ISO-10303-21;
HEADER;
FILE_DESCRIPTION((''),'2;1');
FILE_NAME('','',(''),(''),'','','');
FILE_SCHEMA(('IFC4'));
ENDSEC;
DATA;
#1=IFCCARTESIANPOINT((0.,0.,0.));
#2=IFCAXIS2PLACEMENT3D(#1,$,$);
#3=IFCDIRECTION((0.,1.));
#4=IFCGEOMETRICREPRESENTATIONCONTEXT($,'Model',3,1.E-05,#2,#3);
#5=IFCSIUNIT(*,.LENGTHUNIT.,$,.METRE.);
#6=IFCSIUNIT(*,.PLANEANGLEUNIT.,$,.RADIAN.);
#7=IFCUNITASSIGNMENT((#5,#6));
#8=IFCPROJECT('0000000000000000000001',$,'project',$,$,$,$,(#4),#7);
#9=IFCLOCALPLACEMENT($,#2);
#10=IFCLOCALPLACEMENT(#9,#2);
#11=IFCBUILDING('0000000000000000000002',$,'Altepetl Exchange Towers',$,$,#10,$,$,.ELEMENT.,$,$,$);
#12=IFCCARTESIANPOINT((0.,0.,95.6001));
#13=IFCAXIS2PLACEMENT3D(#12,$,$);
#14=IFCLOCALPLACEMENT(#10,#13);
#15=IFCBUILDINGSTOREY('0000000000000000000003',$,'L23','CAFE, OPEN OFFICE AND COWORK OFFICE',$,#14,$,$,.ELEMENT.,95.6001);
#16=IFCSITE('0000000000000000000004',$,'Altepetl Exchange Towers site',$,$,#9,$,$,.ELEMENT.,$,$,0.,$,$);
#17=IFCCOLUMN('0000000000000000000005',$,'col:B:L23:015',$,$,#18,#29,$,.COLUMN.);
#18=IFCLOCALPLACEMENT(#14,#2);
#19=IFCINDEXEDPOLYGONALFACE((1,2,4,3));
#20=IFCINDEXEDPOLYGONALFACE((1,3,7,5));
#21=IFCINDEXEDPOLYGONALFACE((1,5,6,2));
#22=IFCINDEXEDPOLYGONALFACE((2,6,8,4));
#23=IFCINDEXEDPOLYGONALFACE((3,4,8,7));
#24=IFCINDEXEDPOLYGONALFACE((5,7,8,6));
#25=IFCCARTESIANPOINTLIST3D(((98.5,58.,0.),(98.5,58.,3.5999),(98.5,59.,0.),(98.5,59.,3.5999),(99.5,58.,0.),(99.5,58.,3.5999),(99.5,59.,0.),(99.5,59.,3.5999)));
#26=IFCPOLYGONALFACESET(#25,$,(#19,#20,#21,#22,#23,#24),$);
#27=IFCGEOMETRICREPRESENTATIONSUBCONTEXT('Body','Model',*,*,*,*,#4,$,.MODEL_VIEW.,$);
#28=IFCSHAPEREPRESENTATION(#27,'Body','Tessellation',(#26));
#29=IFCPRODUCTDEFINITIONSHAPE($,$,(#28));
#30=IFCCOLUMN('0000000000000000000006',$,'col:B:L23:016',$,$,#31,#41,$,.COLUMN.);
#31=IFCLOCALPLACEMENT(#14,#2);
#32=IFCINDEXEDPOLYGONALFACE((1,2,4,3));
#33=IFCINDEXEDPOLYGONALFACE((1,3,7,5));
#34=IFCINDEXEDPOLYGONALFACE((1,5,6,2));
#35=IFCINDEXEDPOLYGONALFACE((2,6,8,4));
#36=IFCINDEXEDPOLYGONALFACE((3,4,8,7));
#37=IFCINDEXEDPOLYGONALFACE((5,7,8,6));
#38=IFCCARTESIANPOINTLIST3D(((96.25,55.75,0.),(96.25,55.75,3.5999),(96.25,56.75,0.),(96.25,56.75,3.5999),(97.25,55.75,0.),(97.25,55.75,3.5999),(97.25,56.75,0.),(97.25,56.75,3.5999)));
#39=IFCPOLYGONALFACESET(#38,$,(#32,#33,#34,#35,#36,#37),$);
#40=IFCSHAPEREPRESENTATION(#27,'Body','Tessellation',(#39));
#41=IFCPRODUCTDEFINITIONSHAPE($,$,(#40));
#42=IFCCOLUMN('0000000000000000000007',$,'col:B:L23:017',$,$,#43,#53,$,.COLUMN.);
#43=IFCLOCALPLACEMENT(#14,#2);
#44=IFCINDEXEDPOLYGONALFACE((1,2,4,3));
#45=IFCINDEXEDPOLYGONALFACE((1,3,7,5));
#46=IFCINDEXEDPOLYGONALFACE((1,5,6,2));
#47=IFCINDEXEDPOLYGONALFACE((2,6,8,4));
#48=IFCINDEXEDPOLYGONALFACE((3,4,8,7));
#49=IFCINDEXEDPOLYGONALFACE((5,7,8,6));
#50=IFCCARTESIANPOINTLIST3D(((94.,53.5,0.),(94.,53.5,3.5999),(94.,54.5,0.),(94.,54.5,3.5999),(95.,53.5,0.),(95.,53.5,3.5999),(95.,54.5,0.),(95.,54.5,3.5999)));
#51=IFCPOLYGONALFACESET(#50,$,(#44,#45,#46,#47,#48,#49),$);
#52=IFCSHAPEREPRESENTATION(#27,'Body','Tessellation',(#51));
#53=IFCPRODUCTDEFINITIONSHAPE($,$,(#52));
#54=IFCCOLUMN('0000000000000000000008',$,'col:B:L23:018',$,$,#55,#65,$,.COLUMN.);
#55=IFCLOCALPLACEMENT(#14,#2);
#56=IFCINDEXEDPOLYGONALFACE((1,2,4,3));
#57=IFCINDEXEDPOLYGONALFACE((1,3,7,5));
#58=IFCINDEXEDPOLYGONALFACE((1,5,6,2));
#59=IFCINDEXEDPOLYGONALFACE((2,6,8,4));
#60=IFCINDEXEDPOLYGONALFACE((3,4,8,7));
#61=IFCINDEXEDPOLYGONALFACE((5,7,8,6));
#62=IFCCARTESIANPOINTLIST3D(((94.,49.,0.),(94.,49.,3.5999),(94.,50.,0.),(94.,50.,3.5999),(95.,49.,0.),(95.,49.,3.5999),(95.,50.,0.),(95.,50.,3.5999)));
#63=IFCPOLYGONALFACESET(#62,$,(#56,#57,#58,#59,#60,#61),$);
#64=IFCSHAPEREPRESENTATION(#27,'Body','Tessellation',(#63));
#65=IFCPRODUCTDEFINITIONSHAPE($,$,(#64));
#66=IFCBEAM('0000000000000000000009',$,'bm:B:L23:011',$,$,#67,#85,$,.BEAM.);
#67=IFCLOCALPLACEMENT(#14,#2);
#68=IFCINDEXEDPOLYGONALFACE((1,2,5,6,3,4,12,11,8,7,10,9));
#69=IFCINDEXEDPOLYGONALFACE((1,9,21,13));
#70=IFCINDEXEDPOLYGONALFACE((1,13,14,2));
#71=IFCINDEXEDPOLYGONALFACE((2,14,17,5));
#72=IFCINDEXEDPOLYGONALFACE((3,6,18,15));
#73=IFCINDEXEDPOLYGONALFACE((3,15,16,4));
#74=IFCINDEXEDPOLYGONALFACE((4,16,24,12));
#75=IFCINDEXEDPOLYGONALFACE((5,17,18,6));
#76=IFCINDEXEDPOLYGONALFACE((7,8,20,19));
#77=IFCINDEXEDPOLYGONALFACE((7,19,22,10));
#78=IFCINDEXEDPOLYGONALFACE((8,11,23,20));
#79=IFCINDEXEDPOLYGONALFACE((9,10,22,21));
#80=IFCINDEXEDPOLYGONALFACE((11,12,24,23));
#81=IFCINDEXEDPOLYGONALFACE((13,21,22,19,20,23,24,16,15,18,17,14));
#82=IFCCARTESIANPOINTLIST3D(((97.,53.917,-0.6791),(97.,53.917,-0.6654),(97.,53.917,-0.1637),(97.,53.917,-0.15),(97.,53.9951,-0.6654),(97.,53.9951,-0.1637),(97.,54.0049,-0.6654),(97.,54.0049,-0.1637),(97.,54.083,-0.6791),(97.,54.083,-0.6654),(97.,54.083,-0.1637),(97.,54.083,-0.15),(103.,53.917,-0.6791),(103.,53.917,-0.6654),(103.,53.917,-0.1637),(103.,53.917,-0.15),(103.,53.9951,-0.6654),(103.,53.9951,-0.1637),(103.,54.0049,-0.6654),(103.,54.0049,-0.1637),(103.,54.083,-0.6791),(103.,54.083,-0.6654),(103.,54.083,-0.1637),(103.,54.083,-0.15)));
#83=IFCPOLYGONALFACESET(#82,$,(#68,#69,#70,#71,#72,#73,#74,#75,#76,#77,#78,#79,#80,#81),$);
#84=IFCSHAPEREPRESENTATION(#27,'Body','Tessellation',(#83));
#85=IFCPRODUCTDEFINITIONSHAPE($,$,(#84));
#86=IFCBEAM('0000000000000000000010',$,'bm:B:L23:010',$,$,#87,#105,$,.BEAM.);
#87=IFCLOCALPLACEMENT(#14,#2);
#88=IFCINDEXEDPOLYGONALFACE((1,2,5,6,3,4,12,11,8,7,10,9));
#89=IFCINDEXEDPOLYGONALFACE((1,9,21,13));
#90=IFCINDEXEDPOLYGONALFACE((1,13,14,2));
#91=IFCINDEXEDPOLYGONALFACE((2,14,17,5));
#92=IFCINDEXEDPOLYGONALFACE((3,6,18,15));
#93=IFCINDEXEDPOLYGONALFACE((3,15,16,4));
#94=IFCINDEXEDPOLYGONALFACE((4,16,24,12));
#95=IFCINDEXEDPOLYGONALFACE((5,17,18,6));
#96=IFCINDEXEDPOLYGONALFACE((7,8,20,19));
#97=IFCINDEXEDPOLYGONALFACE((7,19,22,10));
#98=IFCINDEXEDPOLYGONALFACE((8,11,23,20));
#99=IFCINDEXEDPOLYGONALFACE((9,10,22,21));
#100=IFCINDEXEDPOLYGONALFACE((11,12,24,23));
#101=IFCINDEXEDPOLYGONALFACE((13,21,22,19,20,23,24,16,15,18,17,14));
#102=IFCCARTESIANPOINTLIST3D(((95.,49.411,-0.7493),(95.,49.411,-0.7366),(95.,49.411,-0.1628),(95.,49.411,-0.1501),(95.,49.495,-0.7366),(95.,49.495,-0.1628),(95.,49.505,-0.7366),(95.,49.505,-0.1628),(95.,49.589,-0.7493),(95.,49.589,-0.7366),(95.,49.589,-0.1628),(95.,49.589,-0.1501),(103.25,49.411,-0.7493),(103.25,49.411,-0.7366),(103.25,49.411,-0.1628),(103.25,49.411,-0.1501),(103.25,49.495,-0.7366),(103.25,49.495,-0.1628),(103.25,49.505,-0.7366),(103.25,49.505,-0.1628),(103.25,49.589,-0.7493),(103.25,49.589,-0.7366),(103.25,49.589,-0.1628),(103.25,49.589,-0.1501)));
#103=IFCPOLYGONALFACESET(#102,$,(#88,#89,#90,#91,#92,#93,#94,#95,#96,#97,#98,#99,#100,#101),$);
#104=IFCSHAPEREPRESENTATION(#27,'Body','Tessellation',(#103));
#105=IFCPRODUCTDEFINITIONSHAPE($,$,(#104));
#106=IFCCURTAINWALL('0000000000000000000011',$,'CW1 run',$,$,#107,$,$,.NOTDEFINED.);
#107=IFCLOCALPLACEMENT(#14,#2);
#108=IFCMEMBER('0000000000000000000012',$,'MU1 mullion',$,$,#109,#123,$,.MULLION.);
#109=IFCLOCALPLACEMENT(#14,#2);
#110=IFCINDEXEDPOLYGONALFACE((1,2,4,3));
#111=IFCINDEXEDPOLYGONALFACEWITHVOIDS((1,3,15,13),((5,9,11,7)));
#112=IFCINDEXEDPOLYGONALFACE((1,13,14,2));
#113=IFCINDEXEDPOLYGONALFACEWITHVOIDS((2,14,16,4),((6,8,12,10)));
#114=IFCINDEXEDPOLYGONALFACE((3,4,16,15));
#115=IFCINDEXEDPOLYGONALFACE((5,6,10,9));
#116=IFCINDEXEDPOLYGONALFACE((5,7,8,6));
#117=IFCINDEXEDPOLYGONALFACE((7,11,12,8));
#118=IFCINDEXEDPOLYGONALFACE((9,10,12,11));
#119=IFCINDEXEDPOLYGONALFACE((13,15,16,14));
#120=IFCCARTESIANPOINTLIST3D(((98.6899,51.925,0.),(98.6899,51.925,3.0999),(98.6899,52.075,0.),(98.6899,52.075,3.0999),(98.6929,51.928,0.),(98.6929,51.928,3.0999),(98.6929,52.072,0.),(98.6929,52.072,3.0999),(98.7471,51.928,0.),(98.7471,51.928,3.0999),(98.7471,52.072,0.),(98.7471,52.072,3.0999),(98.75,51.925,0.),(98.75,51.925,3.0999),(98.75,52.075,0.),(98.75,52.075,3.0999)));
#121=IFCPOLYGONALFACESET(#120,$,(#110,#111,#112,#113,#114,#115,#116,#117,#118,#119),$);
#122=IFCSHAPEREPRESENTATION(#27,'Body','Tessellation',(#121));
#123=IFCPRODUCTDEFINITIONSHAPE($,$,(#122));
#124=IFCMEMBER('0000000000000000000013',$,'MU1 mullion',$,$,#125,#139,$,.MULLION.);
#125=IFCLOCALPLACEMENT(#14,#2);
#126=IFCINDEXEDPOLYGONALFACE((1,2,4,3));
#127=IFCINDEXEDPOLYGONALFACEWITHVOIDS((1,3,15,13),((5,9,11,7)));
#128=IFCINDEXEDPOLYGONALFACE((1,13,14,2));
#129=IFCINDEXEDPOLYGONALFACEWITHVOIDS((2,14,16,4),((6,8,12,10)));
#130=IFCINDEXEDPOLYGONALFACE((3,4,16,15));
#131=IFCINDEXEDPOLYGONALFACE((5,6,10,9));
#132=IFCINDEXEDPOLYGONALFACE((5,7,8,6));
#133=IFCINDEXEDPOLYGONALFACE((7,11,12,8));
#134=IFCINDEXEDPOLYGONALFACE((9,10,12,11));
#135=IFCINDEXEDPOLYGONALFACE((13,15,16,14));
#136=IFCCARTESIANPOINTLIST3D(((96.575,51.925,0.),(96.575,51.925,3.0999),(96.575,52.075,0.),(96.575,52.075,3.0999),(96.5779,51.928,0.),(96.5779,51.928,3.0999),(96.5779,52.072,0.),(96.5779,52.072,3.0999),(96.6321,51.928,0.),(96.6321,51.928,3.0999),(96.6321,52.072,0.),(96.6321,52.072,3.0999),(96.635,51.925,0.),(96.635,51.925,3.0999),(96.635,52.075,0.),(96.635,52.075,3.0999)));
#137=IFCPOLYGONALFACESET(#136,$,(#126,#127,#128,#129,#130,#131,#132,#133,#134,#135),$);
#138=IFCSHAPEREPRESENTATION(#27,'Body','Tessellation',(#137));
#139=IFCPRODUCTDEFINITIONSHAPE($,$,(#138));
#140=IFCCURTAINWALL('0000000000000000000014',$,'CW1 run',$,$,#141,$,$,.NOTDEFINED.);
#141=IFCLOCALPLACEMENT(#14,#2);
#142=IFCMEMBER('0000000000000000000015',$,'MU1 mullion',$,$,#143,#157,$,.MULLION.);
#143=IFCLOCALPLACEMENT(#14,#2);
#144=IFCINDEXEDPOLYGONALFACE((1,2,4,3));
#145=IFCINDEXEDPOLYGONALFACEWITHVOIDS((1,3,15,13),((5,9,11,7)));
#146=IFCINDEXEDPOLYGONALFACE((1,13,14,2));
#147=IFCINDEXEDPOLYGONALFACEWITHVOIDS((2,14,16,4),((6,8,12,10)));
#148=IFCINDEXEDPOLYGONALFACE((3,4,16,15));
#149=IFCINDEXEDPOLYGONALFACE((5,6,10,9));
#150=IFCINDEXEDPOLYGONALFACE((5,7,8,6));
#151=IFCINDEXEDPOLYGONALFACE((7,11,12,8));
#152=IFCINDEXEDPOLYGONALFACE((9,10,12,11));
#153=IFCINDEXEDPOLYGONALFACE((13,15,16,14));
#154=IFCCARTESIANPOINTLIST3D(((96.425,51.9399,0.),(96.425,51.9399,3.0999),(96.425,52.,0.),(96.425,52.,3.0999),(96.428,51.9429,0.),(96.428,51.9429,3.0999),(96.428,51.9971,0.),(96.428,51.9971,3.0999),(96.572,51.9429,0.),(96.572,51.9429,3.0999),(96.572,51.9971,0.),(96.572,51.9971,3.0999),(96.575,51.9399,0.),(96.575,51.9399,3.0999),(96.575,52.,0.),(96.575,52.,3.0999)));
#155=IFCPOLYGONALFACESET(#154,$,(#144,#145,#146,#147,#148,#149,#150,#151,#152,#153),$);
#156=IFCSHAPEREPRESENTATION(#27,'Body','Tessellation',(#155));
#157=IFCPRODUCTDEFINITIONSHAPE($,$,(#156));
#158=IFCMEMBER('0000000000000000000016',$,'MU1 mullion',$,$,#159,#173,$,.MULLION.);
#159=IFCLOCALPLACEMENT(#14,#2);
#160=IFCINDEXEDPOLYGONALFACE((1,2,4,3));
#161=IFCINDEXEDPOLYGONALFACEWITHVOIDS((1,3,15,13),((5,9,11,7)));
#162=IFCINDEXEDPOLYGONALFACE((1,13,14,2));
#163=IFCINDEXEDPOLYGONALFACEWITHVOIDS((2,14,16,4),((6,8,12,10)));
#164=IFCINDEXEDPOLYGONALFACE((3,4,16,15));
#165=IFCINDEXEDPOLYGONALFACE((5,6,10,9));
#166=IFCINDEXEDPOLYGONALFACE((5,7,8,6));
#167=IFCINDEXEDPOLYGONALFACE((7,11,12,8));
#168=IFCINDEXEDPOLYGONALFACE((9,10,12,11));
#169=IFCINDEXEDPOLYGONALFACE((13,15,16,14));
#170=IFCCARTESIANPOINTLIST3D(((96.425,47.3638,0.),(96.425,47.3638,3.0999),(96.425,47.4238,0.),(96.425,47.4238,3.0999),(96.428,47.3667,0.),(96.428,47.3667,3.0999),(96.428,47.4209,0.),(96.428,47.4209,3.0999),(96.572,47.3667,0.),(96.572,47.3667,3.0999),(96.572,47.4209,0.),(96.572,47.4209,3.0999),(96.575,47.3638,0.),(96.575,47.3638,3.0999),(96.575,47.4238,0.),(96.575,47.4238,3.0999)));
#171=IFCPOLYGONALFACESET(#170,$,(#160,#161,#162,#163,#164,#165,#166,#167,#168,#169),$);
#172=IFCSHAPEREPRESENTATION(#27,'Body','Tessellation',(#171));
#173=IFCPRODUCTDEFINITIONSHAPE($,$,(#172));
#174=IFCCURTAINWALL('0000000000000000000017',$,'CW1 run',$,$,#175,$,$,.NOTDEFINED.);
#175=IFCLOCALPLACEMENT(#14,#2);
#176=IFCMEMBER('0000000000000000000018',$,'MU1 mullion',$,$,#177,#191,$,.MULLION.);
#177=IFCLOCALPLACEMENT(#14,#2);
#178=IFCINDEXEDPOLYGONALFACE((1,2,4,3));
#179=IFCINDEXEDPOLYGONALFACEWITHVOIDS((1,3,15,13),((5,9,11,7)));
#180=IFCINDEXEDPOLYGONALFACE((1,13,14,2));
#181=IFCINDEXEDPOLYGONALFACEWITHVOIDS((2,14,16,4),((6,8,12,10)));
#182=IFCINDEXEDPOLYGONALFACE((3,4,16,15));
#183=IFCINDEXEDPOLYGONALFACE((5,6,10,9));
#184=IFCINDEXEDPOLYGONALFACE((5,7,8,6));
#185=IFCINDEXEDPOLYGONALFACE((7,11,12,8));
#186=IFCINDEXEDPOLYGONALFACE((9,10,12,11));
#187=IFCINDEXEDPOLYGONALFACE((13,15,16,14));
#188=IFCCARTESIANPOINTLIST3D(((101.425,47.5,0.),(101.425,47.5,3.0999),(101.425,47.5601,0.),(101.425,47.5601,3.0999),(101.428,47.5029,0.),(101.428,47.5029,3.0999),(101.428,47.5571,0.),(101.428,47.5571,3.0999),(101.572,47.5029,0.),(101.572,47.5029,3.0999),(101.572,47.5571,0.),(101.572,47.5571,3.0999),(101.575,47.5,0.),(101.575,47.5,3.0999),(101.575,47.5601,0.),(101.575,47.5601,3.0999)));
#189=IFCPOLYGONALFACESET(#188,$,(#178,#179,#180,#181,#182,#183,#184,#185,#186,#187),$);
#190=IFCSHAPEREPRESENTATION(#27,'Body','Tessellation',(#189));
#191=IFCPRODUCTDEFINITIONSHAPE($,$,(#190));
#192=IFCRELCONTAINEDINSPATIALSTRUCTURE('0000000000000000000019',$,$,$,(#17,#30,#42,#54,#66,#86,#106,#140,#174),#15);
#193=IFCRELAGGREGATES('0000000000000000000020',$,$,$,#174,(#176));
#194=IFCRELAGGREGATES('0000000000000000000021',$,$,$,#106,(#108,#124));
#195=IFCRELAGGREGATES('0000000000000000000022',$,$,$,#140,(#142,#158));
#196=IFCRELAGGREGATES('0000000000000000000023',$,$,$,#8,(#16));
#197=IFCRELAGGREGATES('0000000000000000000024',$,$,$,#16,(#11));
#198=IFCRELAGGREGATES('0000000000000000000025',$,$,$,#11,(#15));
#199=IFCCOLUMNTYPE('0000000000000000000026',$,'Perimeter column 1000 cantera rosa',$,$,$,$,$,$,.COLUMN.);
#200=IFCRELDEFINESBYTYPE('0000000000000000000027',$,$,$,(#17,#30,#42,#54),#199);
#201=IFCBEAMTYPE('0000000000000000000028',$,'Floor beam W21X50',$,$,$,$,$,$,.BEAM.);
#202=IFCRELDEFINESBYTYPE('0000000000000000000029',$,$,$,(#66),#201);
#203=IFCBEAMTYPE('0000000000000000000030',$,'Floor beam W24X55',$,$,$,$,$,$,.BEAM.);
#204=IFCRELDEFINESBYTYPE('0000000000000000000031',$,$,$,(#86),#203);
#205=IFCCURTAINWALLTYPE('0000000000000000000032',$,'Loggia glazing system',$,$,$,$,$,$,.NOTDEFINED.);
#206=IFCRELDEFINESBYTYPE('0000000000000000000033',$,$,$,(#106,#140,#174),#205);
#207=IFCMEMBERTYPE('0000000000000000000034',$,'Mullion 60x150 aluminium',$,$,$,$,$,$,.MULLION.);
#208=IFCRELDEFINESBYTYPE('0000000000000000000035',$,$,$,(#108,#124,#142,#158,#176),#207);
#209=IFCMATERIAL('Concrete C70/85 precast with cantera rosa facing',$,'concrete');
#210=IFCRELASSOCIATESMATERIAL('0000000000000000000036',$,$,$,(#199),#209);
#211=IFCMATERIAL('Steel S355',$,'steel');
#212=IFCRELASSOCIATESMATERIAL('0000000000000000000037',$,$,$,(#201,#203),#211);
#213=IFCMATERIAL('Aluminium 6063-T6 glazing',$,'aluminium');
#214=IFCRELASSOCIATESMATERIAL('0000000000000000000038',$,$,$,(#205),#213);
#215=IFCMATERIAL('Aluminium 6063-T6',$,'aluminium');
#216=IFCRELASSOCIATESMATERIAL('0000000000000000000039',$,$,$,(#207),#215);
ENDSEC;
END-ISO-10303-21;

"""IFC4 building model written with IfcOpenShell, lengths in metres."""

from ifc_helpers import new_model, si_unit, direction, frame, origin, origin_2d, place, context, subcontext, project, spatial, rectangle, hollow_rectangle, i_section, extrude, material, material_profile, profile_set, type_object, element, aggregate, save


model = new_model("IFC4")

# Units and contexts
model_context = context("Model", 3, precision=1e-05, world=origin(), true_north=direction((0.0, 1.0)))
body_context = subcontext(model_context, "Body", "Model", "MODEL_VIEW")
ifc_project = project(units=[si_unit("LENGTHUNIT", "METRE"), si_unit("PLANEANGLEUNIT", "RADIAN")], contexts=[model_context])

# Site, building, storey
site_placement = place(None, origin())
site = spatial("IfcSite", under=ifc_project, at=site_placement, Name="Altepetl Exchange Towers site", CompositionType="ELEMENT", RefElevation=0.0)
building_placement = place(site_placement, origin())
building = spatial("IfcBuilding", under=site, at=building_placement, Name="Altepetl Exchange Towers", CompositionType="ELEMENT")
storey_placement = place(building_placement, frame((0.0, 0.0, 95.6001)))
storey = spatial("IfcBuildingStorey", under=building, at=storey_placement, Name="L23", Description="CAFE, OPEN OFFICE AND COWORK OFFICE", CompositionType="ELEMENT", Elevation=95.6001)

# Columns
ifc_material_1 = material(Name="Concrete C70/85 precast with cantera rosa facing", Category="concrete")
ifc_material_profile_1 = material_profile(ifc_material_1, rectangle(XDim=1.0, YDim=1.0, at=origin_2d()), Name="1000 x 1000")
ifc_profile_set_1 = profile_set([ifc_material_profile_1], Name="Concrete C70/85 precast with cantera rosa facing")
column_type = type_object("IfcColumnType", Name="Perimeter column 1000 cantera rosa", PredefinedType="COLUMN", material=ifc_profile_set_1)
for number, where, name in (
    (1, (99.0, 58.5, 0.0), "col:B:L23:015"),
    (2, (96.75, 56.25, 0.0), "col:B:L23:016"),
    (3, (94.5, 54.0, 0.0), "col:B:L23:017"),
    (4, (94.5, 49.5, 0.0), "col:B:L23:018"),
):
    element("IfcColumn", number, at=place(storey_placement, frame(where)), inside=storey, type_object=column_type, Name=name, PredefinedType="COLUMN", context=body_context, shape_type="SweptSolid", body=[
        extrude(rectangle(XDim=1.0, YDim=1.0, at=origin_2d()), origin(), (0.0, 0.0, 1.0), 3.5999),
    ])

# Beams
ifc_material_2 = material(Name="Steel S355", Category="steel")
ifc_material_profile_2 = material_profile(ifc_material_2, i_section(OverallWidth=0.166, OverallDepth=0.5291, WebThickness=0.0098, FlangeThickness=0.0137, at=origin_2d()), Name="W21X50")
ifc_profile_set_2 = profile_set([ifc_material_profile_2], Name="Steel S355")
beam_type_1 = type_object("IfcBeamType", Name="Floor beam W21X50", PredefinedType="BEAM", material=ifc_profile_set_2)
beam_1_placement = place(storey_placement, frame((97.0, 54.0, -0.4146), z_axis=(1.0, 0.0, 0.0), x_axis=(0.0, 1.0, 0.0)))
element("IfcBeam", 5, at=beam_1_placement, inside=storey, type_object=beam_type_1, Name="bm:B:L23:011", PredefinedType="BEAM", context=body_context, shape_type="SweptSolid", body=[
    extrude(i_section(OverallWidth=0.166, OverallDepth=0.5291, WebThickness=0.0098, FlangeThickness=0.0137, at=origin_2d()), origin(), (0.0, 0.0, 1.0), 6.0),
])
ifc_material_profile_3 = material_profile(ifc_material_2, i_section(OverallWidth=0.178, OverallDepth=0.5991, WebThickness=0.01, FlangeThickness=0.0127, at=origin_2d()), Name="W24X55")
ifc_profile_set_3 = profile_set([ifc_material_profile_3], Name="Steel S355")
beam_type_2 = type_object("IfcBeamType", Name="Floor beam W24X55", PredefinedType="BEAM", material=ifc_profile_set_3)
beam_2_placement = place(storey_placement, frame((95.0, 49.5, -0.4497), z_axis=(1.0, 0.0, 0.0), x_axis=(0.0, 1.0, 0.0)))
element("IfcBeam", 6, at=beam_2_placement, inside=storey, type_object=beam_type_2, Name="bm:B:L23:010", PredefinedType="BEAM", context=body_context, shape_type="SweptSolid", body=[
    extrude(i_section(OverallWidth=0.178, OverallDepth=0.5991, WebThickness=0.01, FlangeThickness=0.0127, at=origin_2d()), origin(), (0.0, 0.0, 1.0), 8.25),
])

# Curtain walls, members
ifc_material_3 = material(Name="Aluminium 6063-T6 glazing", Category="aluminium")
curtain_wall_type = type_object("IfcCurtainWallType", Name="Loggia glazing system", PredefinedType="NOTDEFINED", material=ifc_material_3)
curtain_wall_1_placement = place(storey_placement, origin())
curtain_wall_1 = element("IfcCurtainWall", 7, at=curtain_wall_1_placement, inside=storey, type_object=curtain_wall_type, Name="CW1 run", PredefinedType="NOTDEFINED")
ifc_material_4 = material(Name="Aluminium 6063-T6", Category="aluminium")
ifc_material_profile_4 = material_profile(ifc_material_4, hollow_rectangle(XDim=0.0601, YDim=0.1499, WallThickness=0.0029, at=origin_2d()), Name="Mullion 60x150 aluminium")
ifc_profile_set_4 = profile_set([ifc_material_profile_4], Name="Aluminium 6063-T6")
member_type = type_object("IfcMemberType", Name="Mullion 60x150 aluminium", PredefinedType="MULLION", material=ifc_profile_set_4)
member_1_placement = place(storey_placement, frame((98.72, 52.0, 0.0), z_axis=(0.0, 0.0, 1.0), x_axis=(-1.0, 0.0, 0.0)))
member_1 = element("IfcMember", 8, at=member_1_placement, type_object=member_type, Name="MU1 mullion", PredefinedType="MULLION", context=body_context, shape_type="SweptSolid", body=[
    extrude(hollow_rectangle(XDim=0.0601, YDim=0.1499, WallThickness=0.0029, at=origin_2d()), origin(), (0.0, 0.0, 1.0), 3.0999),
])
member_2_placement = place(storey_placement, frame((96.605, 52.0, 0.0), z_axis=(0.0, 0.0, 1.0), x_axis=(-1.0, 0.0, 0.0)))
member_2 = element("IfcMember", 9, at=member_2_placement, type_object=member_type, Name="MU1 mullion", PredefinedType="MULLION", context=body_context, shape_type="SweptSolid", body=[
    extrude(hollow_rectangle(XDim=0.0601, YDim=0.1499, WallThickness=0.0029, at=origin_2d()), origin(), (0.0, 0.0, 1.0), 3.0999),
])
curtain_wall_2_placement = place(storey_placement, origin())
curtain_wall_2 = element("IfcCurtainWall", 10, at=curtain_wall_2_placement, inside=storey, type_object=curtain_wall_type, Name="CW1 run", PredefinedType="NOTDEFINED")
member_3_placement = place(storey_placement, frame((96.5, 51.97, 0.0), z_axis=(0.0, 0.0, 1.0), x_axis=(0.0, -1.0, 0.0)))
member_3 = element("IfcMember", 11, at=member_3_placement, type_object=member_type, Name="MU1 mullion", PredefinedType="MULLION", context=body_context, shape_type="SweptSolid", body=[
    extrude(hollow_rectangle(XDim=0.0601, YDim=0.1499, WallThickness=0.0029, at=origin_2d()), origin(), (0.0, 0.0, 1.0), 3.0999),
])
member_4_placement = place(storey_placement, frame((96.5, 47.3938, 0.0), z_axis=(0.0, 0.0, 1.0), x_axis=(0.0, -1.0, 0.0)))
member_4 = element("IfcMember", 12, at=member_4_placement, type_object=member_type, Name="MU1 mullion", PredefinedType="MULLION", context=body_context, shape_type="SweptSolid", body=[
    extrude(hollow_rectangle(XDim=0.0601, YDim=0.1499, WallThickness=0.0029, at=origin_2d()), origin(), (0.0, 0.0, 1.0), 3.0999),
])

# Curtain wall, member
curtain_wall_3_placement = place(storey_placement, origin())
curtain_wall_3 = element("IfcCurtainWall", 13, at=curtain_wall_3_placement, inside=storey, type_object=curtain_wall_type, Name="CW1 run", PredefinedType="NOTDEFINED")
member_5_placement = place(storey_placement, frame((101.5, 47.53, 0.0), z_axis=(0.0, 0.0, 1.0), x_axis=(0.0, 1.0, 0.0)))
member_5 = element("IfcMember", 14, at=member_5_placement, type_object=member_type, Name="MU1 mullion", PredefinedType="MULLION", context=body_context, shape_type="SweptSolid", body=[
    extrude(hollow_rectangle(XDim=0.0601, YDim=0.1499, WallThickness=0.0029, at=origin_2d()), origin(), (0.0, 0.0, 1.0), 3.0999),
])
aggregate(curtain_wall_3, [member_5])

aggregate(curtain_wall_1, [member_1, member_2])
aggregate(curtain_wall_2, [member_3, member_4])

save(model, "model.ifc")
